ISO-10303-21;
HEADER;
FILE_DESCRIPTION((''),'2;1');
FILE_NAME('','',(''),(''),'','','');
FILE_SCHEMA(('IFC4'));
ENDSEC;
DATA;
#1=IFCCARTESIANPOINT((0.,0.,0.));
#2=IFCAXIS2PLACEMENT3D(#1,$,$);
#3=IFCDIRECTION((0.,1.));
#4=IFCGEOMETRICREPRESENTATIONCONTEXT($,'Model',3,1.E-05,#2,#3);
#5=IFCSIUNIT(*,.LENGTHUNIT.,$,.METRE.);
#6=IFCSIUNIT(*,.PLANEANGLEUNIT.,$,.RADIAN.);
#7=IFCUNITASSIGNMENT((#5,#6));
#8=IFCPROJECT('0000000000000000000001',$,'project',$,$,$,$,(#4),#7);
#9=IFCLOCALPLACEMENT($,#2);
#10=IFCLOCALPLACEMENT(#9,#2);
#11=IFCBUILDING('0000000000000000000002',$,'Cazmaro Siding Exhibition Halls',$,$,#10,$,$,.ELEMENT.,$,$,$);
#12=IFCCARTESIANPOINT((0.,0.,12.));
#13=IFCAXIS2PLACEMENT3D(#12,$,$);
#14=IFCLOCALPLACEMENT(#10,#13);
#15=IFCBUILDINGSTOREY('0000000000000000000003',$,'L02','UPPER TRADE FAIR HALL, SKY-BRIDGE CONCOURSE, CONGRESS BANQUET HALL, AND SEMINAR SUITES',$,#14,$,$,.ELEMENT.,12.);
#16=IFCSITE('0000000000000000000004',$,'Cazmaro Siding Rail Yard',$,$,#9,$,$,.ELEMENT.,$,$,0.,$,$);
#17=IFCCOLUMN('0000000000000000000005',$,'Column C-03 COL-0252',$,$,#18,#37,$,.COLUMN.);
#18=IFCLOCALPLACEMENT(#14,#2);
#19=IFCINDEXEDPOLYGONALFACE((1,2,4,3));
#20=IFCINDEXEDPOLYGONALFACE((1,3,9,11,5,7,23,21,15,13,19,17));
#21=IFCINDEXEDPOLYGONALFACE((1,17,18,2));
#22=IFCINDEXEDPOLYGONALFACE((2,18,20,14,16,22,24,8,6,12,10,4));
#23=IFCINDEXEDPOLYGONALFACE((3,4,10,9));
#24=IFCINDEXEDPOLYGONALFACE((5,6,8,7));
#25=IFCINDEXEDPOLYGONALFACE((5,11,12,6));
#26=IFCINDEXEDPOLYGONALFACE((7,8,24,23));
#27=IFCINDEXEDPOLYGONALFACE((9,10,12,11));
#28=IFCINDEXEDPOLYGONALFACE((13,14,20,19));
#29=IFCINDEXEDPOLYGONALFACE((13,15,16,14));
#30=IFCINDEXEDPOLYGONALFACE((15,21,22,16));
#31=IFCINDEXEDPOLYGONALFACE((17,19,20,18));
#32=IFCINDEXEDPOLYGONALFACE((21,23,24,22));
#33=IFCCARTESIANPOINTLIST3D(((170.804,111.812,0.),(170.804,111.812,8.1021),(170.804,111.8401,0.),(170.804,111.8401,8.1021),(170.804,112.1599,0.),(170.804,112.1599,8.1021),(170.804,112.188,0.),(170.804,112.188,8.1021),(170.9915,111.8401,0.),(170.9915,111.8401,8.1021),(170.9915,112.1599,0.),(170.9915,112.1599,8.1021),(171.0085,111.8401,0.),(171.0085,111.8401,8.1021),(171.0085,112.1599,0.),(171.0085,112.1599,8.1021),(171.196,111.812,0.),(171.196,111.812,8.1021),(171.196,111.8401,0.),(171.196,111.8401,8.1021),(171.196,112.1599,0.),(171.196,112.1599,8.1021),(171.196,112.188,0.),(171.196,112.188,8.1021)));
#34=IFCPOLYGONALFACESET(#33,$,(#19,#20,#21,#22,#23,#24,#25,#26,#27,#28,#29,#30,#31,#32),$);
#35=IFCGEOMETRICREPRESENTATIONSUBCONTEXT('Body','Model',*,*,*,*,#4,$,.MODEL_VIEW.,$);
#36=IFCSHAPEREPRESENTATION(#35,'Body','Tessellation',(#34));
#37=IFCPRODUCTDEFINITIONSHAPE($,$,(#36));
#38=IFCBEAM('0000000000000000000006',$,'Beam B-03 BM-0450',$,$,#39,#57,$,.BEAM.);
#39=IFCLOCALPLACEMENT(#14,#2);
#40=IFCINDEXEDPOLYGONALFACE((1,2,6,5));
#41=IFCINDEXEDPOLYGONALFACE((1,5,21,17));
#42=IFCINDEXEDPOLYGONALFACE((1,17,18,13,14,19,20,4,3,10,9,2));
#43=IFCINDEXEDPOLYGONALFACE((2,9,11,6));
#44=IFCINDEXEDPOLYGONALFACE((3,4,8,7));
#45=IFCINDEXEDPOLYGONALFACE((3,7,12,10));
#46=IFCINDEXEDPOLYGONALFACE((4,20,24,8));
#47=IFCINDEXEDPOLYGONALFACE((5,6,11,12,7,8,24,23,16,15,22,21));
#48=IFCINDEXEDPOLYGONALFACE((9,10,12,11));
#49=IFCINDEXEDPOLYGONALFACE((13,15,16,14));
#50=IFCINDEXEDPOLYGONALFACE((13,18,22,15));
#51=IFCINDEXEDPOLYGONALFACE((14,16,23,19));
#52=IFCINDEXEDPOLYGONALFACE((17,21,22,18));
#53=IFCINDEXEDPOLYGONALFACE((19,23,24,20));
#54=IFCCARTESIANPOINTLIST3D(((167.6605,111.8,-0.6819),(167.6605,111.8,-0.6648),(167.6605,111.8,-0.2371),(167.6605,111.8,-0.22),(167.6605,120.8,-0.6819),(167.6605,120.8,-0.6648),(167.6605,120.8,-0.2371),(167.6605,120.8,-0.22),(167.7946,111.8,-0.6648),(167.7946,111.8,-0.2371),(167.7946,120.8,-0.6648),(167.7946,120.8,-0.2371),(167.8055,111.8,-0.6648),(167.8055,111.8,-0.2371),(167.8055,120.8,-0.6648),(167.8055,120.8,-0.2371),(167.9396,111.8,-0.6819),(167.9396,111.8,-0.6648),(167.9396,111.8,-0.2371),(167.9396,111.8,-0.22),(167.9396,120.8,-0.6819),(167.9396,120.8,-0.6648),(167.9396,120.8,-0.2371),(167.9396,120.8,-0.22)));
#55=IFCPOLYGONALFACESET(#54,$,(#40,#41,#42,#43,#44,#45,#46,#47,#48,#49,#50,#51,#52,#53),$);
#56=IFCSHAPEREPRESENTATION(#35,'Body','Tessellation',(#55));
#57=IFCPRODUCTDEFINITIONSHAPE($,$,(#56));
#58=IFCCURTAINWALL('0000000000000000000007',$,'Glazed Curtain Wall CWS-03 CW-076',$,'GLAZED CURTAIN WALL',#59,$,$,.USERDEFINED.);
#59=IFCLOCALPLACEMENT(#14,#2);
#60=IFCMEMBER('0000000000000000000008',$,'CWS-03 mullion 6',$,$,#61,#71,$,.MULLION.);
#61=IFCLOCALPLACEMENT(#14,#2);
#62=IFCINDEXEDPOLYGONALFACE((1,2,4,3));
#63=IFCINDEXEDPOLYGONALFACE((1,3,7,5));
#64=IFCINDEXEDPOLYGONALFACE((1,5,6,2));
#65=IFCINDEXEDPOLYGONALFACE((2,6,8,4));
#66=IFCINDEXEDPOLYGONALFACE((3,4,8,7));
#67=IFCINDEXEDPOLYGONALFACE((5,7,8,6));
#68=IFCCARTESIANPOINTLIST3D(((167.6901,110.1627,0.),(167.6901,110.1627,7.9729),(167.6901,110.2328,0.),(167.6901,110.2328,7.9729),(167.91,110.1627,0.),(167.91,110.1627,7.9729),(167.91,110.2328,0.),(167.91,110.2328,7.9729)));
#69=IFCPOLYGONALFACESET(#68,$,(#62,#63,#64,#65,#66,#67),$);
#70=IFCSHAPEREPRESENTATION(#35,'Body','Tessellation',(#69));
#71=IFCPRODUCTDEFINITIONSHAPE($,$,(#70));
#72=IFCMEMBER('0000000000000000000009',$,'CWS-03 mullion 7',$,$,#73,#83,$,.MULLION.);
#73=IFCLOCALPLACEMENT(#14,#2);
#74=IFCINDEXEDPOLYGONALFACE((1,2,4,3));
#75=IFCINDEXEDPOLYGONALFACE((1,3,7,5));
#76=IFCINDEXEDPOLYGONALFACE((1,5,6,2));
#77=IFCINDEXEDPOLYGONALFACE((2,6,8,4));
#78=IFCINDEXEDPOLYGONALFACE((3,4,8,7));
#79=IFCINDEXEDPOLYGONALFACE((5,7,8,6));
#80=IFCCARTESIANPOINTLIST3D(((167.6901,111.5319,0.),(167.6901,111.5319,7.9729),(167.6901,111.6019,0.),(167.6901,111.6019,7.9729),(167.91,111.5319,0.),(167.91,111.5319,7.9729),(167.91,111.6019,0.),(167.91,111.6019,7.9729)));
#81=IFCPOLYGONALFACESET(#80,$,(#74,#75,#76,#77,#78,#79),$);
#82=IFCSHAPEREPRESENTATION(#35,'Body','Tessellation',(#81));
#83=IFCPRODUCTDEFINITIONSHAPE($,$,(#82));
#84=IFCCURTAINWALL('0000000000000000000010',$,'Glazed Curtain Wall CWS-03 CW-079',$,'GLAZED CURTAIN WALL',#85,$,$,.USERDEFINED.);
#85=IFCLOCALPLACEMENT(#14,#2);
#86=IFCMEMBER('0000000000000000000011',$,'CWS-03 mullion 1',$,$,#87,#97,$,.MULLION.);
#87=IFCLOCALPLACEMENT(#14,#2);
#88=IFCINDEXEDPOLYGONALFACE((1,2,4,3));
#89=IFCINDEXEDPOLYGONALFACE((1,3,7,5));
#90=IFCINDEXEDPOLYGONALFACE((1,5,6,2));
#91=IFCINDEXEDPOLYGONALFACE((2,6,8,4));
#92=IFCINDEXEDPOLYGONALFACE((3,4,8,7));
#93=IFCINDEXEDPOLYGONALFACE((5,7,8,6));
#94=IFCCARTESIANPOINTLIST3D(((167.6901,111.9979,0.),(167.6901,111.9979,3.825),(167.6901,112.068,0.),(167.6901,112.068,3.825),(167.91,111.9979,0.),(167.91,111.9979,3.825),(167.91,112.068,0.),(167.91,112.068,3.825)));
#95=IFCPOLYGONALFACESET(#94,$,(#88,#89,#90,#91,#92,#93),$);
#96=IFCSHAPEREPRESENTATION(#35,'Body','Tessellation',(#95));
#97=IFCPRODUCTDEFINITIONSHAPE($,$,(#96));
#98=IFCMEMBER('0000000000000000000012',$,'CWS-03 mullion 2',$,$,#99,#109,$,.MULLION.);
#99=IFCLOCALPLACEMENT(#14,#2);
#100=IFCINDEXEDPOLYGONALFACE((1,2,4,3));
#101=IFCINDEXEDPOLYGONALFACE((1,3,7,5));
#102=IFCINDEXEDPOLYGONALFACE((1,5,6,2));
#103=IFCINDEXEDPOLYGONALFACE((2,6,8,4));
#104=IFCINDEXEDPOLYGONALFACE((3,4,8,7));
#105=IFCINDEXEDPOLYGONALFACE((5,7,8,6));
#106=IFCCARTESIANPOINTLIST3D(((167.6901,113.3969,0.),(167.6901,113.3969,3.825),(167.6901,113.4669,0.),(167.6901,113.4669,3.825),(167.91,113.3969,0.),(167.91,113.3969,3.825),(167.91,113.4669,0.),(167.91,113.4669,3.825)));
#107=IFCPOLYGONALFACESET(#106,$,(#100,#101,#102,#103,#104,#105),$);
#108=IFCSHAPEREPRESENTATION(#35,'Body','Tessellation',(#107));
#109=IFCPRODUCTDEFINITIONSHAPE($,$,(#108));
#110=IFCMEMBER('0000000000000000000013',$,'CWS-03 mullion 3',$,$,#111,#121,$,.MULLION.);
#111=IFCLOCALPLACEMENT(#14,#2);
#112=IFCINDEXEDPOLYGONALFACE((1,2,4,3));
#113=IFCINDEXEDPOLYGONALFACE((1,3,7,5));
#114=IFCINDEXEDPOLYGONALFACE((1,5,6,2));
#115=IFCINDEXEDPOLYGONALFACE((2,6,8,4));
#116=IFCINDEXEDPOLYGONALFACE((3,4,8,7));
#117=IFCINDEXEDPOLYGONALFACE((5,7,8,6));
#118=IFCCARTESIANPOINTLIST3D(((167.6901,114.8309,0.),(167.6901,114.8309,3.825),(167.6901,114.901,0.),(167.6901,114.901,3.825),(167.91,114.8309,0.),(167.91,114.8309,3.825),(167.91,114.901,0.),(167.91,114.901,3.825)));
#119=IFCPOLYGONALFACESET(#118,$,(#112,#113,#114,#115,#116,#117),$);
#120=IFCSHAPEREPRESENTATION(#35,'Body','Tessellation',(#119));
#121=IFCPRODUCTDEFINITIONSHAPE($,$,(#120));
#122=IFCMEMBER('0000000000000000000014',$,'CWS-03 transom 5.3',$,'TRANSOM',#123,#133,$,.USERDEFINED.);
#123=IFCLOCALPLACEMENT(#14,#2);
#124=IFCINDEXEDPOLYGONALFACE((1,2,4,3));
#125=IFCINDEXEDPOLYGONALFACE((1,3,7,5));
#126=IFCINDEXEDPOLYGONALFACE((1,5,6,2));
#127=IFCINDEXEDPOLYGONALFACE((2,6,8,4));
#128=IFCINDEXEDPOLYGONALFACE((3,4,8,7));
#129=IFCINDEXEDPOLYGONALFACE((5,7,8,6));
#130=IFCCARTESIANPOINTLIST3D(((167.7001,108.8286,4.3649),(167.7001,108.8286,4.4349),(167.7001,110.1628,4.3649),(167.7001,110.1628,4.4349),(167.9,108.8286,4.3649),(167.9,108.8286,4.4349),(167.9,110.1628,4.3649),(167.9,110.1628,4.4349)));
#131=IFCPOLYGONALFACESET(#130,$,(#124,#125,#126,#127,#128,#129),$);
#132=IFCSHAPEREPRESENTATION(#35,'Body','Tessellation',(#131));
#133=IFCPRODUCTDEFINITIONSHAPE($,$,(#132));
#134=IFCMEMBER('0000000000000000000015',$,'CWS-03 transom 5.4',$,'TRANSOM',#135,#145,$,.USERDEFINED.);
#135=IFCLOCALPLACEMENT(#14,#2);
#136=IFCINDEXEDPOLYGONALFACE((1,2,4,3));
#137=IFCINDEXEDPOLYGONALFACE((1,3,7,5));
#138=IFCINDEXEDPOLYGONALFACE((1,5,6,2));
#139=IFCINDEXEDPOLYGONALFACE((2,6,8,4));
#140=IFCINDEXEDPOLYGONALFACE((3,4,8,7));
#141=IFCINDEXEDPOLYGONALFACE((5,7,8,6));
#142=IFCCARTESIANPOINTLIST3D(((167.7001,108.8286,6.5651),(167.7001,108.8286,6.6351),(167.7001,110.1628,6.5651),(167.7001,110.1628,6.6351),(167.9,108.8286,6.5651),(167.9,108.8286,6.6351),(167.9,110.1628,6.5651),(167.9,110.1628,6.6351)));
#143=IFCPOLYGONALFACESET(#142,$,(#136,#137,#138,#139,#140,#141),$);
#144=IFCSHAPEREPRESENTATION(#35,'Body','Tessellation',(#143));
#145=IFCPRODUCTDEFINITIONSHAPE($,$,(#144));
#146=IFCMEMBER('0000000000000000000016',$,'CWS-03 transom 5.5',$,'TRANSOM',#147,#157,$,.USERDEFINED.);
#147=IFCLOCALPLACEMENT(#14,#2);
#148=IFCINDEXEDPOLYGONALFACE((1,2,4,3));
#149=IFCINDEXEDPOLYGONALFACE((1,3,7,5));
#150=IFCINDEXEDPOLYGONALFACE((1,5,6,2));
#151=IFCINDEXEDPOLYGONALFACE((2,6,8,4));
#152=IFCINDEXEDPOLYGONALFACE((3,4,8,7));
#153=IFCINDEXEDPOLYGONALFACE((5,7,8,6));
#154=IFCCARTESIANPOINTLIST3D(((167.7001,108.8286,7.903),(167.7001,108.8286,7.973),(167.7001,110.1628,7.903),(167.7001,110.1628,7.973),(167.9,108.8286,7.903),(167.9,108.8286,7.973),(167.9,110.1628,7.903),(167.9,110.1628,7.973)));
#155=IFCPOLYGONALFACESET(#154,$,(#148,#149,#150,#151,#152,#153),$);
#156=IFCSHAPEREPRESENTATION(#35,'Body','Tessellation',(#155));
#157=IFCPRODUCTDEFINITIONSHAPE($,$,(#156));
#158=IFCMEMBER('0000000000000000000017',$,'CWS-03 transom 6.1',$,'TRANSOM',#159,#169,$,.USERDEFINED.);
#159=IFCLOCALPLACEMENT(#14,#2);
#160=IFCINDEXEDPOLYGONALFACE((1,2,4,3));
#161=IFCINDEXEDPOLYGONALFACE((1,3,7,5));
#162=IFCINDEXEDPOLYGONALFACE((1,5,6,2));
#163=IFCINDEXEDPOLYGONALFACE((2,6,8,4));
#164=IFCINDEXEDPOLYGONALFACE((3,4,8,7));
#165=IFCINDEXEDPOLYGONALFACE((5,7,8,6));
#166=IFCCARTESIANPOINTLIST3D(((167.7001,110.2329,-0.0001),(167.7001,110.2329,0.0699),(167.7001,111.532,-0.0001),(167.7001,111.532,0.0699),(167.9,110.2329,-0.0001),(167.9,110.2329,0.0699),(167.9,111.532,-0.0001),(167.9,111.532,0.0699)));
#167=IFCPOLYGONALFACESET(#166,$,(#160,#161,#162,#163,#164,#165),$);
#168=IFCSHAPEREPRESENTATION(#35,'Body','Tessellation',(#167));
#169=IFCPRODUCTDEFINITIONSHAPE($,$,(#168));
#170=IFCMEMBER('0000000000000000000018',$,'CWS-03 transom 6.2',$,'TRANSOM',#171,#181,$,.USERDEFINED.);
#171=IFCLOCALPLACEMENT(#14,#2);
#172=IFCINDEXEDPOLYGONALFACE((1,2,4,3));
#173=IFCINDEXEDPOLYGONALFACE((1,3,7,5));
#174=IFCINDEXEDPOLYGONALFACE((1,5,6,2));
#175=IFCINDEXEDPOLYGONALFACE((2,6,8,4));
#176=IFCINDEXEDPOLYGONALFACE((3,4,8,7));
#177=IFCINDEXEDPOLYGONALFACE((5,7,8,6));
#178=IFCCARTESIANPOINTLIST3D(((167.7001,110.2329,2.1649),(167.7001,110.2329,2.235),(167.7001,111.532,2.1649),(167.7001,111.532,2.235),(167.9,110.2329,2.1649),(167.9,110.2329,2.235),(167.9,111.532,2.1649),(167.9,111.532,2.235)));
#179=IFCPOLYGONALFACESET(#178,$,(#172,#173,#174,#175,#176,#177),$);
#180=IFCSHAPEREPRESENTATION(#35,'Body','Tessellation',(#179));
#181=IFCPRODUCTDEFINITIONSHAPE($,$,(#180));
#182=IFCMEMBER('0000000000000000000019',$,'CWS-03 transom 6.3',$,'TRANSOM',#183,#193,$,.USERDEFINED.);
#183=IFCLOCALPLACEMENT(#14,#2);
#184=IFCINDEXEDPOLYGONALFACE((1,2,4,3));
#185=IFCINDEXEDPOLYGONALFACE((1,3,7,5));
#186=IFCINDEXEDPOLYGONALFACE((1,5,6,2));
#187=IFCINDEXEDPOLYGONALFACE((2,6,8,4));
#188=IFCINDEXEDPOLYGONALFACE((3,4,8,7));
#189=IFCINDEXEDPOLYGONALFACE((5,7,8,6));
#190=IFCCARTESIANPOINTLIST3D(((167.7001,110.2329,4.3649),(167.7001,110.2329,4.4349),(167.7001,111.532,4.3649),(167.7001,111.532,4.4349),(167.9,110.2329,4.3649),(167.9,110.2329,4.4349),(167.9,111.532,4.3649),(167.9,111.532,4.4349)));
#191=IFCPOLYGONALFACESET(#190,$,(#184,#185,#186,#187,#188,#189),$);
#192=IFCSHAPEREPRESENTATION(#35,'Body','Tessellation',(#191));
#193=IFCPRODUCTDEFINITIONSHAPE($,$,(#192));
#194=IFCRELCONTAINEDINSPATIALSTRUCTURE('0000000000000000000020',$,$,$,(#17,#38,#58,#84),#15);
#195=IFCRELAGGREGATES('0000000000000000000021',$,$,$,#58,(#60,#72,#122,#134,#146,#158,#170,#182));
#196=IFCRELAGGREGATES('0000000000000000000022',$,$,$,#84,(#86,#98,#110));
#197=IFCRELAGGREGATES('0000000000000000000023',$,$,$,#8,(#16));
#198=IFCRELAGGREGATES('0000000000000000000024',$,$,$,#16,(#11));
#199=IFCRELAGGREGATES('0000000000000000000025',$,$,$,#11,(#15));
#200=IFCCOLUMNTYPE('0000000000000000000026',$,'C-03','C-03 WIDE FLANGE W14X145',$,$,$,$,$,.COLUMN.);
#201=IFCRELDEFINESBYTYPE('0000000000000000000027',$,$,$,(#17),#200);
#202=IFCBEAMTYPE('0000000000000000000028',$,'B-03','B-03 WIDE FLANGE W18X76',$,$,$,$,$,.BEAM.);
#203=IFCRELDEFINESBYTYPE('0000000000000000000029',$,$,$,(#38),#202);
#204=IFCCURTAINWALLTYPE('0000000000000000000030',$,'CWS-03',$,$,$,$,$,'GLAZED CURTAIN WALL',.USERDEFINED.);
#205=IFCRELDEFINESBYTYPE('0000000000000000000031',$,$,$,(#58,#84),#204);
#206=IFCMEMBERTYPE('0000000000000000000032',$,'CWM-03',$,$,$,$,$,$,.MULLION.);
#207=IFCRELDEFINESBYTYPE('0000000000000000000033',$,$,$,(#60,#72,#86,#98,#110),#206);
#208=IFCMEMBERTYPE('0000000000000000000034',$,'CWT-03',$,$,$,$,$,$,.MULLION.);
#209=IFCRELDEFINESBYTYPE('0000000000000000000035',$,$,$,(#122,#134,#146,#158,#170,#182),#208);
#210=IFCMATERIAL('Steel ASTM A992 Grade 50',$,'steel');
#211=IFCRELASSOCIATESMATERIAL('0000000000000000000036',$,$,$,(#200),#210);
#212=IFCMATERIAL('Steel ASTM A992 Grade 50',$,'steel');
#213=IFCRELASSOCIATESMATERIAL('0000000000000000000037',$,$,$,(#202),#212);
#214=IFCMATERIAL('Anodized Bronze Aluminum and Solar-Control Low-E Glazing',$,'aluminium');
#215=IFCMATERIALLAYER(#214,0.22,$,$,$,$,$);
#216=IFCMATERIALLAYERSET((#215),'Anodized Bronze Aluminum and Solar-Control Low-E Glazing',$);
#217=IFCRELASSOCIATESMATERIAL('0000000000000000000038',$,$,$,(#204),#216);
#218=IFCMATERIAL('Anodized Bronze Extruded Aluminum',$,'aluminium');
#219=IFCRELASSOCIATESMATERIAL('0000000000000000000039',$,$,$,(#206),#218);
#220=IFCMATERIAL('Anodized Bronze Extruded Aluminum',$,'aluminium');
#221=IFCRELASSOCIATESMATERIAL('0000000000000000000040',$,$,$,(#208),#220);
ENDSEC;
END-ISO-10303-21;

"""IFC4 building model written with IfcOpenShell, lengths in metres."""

from ifc_helpers import new_model, si_unit, direction, frame, origin, origin_2d, place, context, subcontext, project, spatial, rectangle, i_section, extrude, material, layer, layer_set, material_profile, profile_set, type_object, element, aggregate, save


model = new_model("IFC4")

# Units and contexts
model_context = context("Model", 3, precision=1e-05, world=origin(), true_north=direction((0.0, 1.0)))
body_context = subcontext(model_context, "Body", "Model", "MODEL_VIEW")
ifc_project = project(units=[si_unit("LENGTHUNIT", "METRE"), si_unit("PLANEANGLEUNIT", "RADIAN")], contexts=[model_context])

# Site, building, storey
site_placement = place(None, origin())
site = spatial("IfcSite", under=ifc_project, at=site_placement, Name="Cazmaro Siding Rail Yard", CompositionType="ELEMENT", RefElevation=0.0)
building_placement = place(site_placement, origin())
building = spatial("IfcBuilding", under=site, at=building_placement, Name="Cazmaro Siding Exhibition Halls", CompositionType="ELEMENT")
storey_placement = place(building_placement, frame((0.0, 0.0, 12.0)))
storey = spatial("IfcBuildingStorey", under=building, at=storey_placement, Name="L02", Description="UPPER TRADE FAIR HALL, SKY-BRIDGE CONCOURSE, CONGRESS BANQUET HALL, AND SEMINAR SUITES", CompositionType="ELEMENT", Elevation=12.0)

# Column
ifc_material_1 = material(Name="Steel ASTM A992 Grade 50", Category="steel")
ifc_material_profile_1 = material_profile(ifc_material_1, i_section(OverallWidth=0.3921, OverallDepth=0.376, WebThickness=0.0171, FlangeThickness=0.0281, at=origin_2d()), Name="W14X145")
ifc_profile_set_1 = profile_set([ifc_material_profile_1], Name="Steel ASTM A992 Grade 50")
column_type = type_object("IfcColumnType", Name="C-03", Description="C-03 WIDE FLANGE W14X145", PredefinedType="COLUMN", material=ifc_profile_set_1)
column_placement = place(storey_placement, frame((171.0, 112.0, 0.0), z_axis=(0.0, 0.0, 1.0), x_axis=(1.0, 0.0, 0.0)))
element("IfcColumn", 1, at=column_placement, inside=storey, type_object=column_type, Name="Column C-03 COL-0252", PredefinedType="COLUMN", context=body_context, shape_type="SweptSolid", body=[
    extrude(i_section(OverallWidth=0.3921, OverallDepth=0.376, WebThickness=0.0171, FlangeThickness=0.0281, at=origin_2d()), origin(), (0.0, 0.0, 1.0), 8.1021),
])

# Beam
ifc_material_2 = material(Name="Steel ASTM A992 Grade 50", Category="steel")
ifc_material_profile_2 = material_profile(ifc_material_2, i_section(OverallWidth=0.2791, OverallDepth=0.4619, WebThickness=0.011, FlangeThickness=0.0171, at=origin_2d()), Name="W18X76")
ifc_profile_set_2 = profile_set([ifc_material_profile_2], Name="Steel ASTM A992 Grade 50")
beam_type_1 = type_object("IfcBeamType", Name="B-03", Description="B-03 WIDE FLANGE W18X76", PredefinedType="BEAM", material=ifc_profile_set_2)
beam_1_placement = place(storey_placement, frame((167.8, 111.8, -0.4509), z_axis=(0.0, 1.0, 0.0), x_axis=(-1.0, 0.0, 0.0)))
element("IfcBeam", 2, at=beam_1_placement, inside=storey, type_object=beam_type_1, Name="Beam B-03 BM-0450", PredefinedType="BEAM", context=body_context, shape_type="SweptSolid", body=[
    extrude(i_section(OverallWidth=0.2791, OverallDepth=0.4619, WebThickness=0.011, FlangeThickness=0.0171, at=origin_2d()), origin(), (0.0, 0.0, 1.0), 9.0),
])

# Curtain walls, members
ifc_material_3 = material(Name="Anodized Bronze Aluminum and Solar-Control Low-E Glazing", Category="aluminium")
ifc_layer_1 = layer(ifc_material_3, 0.22)
ifc_layer_set_1 = layer_set([ifc_layer_1], Name="Anodized Bronze Aluminum and Solar-Control Low-E Glazing")
curtain_wall_type = type_object("IfcCurtainWallType", Name="CWS-03", ElementType="GLAZED CURTAIN WALL", PredefinedType="USERDEFINED", material=ifc_layer_set_1)
curtain_wall_1_placement = place(storey_placement, origin())
curtain_wall_1 = element("IfcCurtainWall", 3, at=curtain_wall_1_placement, inside=storey, type_object=curtain_wall_type, Name="Glazed Curtain Wall CWS-03 CW-076", ObjectType="GLAZED CURTAIN WALL", PredefinedType="USERDEFINED")
ifc_material_4 = material(Name="Anodized Bronze Extruded Aluminum", Category="aluminium")
ifc_material_profile_3 = material_profile(ifc_material_4, rectangle(XDim=0.22, YDim=0.0701, at=origin_2d()), Name="CWM-03")
ifc_profile_set_3 = profile_set([ifc_material_profile_3], Name="Anodized Bronze Extruded Aluminum")
member_type_1 = type_object("IfcMemberType", Name="CWM-03", PredefinedType="MULLION", material=ifc_profile_set_3)
member_1_placement = place(storey_placement, frame((167.8, 110.1978, 0.0), z_axis=(0.0, 0.0, 1.0), x_axis=(-1.0, 0.0, 0.0)))
member_1 = element("IfcMember", 4, at=member_1_placement, type_object=member_type_1, Name="CWS-03 mullion 6", PredefinedType="MULLION", context=body_context, shape_type="SweptSolid", body=[
    extrude(rectangle(XDim=0.22, YDim=0.0701, at=origin_2d()), origin(), (0.0, 0.0, 1.0), 7.9729),
])
member_2_placement = place(storey_placement, frame((167.8, 111.5669, 0.0), z_axis=(0.0, 0.0, 1.0), x_axis=(-1.0, 0.0, 0.0)))
member_2 = element("IfcMember", 5, at=member_2_placement, type_object=member_type_1, Name="CWS-03 mullion 7", PredefinedType="MULLION", context=body_context, shape_type="SweptSolid", body=[
    extrude(rectangle(XDim=0.22, YDim=0.0701, at=origin_2d()), origin(), (0.0, 0.0, 1.0), 7.9729),
])
curtain_wall_2_placement = place(storey_placement, origin())
curtain_wall_2 = element("IfcCurtainWall", 6, at=curtain_wall_2_placement, inside=storey, type_object=curtain_wall_type, Name="Glazed Curtain Wall CWS-03 CW-079", ObjectType="GLAZED CURTAIN WALL", PredefinedType="USERDEFINED")
member_3_placement = place(storey_placement, frame((167.8, 112.033, 0.0), z_axis=(0.0, 0.0, 1.0), x_axis=(-1.0, 0.0, 0.0)))
member_3 = element("IfcMember", 7, at=member_3_placement, type_object=member_type_1, Name="CWS-03 mullion 1", PredefinedType="MULLION", context=body_context, shape_type="SweptSolid", body=[
    extrude(rectangle(XDim=0.22, YDim=0.0701, at=origin_2d()), origin(), (0.0, 0.0, 1.0), 3.825),
])
member_4_placement = place(storey_placement, frame((167.8, 113.4319, 0.0), z_axis=(0.0, 0.0, 1.0), x_axis=(-1.0, 0.0, 0.0)))
member_4 = element("IfcMember", 8, at=member_4_placement, type_object=member_type_1, Name="CWS-03 mullion 2", PredefinedType="MULLION", context=body_context, shape_type="SweptSolid", body=[
    extrude(rectangle(XDim=0.22, YDim=0.0701, at=origin_2d()), origin(), (0.0, 0.0, 1.0), 3.825),
])
member_5_placement = place(storey_placement, frame((167.8, 114.866, 0.0), z_axis=(0.0, 0.0, 1.0), x_axis=(-1.0, 0.0, 0.0)))
member_5 = element("IfcMember", 9, at=member_5_placement, type_object=member_type_1, Name="CWS-03 mullion 3", PredefinedType="MULLION", context=body_context, shape_type="SweptSolid", body=[
    extrude(rectangle(XDim=0.22, YDim=0.0701, at=origin_2d()), origin(), (0.0, 0.0, 1.0), 3.825),
])

# Members
ifc_material_5 = material(Name="Anodized Bronze Extruded Aluminum", Category="aluminium")
ifc_material_profile_4 = material_profile(ifc_material_5, rectangle(XDim=0.2, YDim=0.0701, at=origin_2d()), Name="CWT-03")
ifc_profile_set_4 = profile_set([ifc_material_profile_4], Name="Anodized Bronze Extruded Aluminum")
member_type_2 = type_object("IfcMemberType", Name="CWT-03", PredefinedType="MULLION", material=ifc_profile_set_4)
member_6_placement = place(storey_placement, frame((167.8, 108.8286, 4.3999), z_axis=(0.0, 1.0, 0.0), x_axis=(-1.0, 0.0, 0.0)))
member_6 = element("IfcMember", 10, at=member_6_placement, type_object=member_type_2, Name="CWS-03 transom 5.3", ObjectType="TRANSOM", PredefinedType="USERDEFINED", context=body_context, shape_type="SweptSolid", body=[
    extrude(rectangle(XDim=0.2, YDim=0.0701, at=origin_2d()), origin(), (0.0, 0.0, 1.0), 1.3342),
])
member_7_placement = place(storey_placement, frame((167.8, 108.8286, 6.6001), z_axis=(0.0, 1.0, 0.0), x_axis=(-1.0, 0.0, 0.0)))
member_7 = element("IfcMember", 11, at=member_7_placement, type_object=member_type_2, Name="CWS-03 transom 5.4", ObjectType="TRANSOM", PredefinedType="USERDEFINED", context=body_context, shape_type="SweptSolid", body=[
    extrude(rectangle(XDim=0.2, YDim=0.0701, at=origin_2d()), origin(), (0.0, 0.0, 1.0), 1.3342),
])
member_8_placement = place(storey_placement, frame((167.8, 108.8286, 7.938), z_axis=(0.0, 1.0, 0.0), x_axis=(-1.0, 0.0, 0.0)))
member_8 = element("IfcMember", 12, at=member_8_placement, type_object=member_type_2, Name="CWS-03 transom 5.5", ObjectType="TRANSOM", PredefinedType="USERDEFINED", context=body_context, shape_type="SweptSolid", body=[
    extrude(rectangle(XDim=0.2, YDim=0.0701, at=origin_2d()), origin(), (0.0, 0.0, 1.0), 1.3342),
])
member_9_placement = place(storey_placement, frame((167.8, 110.2329, 0.0349), z_axis=(0.0, 1.0, 0.0), x_axis=(-1.0, 0.0, 0.0)))
member_9 = element("IfcMember", 13, at=member_9_placement, type_object=member_type_2, Name="CWS-03 transom 6.1", ObjectType="TRANSOM", PredefinedType="USERDEFINED", context=body_context, shape_type="SweptSolid", body=[
    extrude(rectangle(XDim=0.2, YDim=0.0701, at=origin_2d()), origin(), (0.0, 0.0, 1.0), 1.2991),
])
member_10_placement = place(storey_placement, frame((167.8, 110.2329, 2.2), z_axis=(0.0, 1.0, 0.0), x_axis=(-1.0, 0.0, 0.0)))
member_10 = element("IfcMember", 14, at=member_10_placement, type_object=member_type_2, Name="CWS-03 transom 6.2", ObjectType="TRANSOM", PredefinedType="USERDEFINED", context=body_context, shape_type="SweptSolid", body=[
    extrude(rectangle(XDim=0.2, YDim=0.0701, at=origin_2d()), origin(), (0.0, 0.0, 1.0), 1.2991),
])
member_11_placement = place(storey_placement, frame((167.8, 110.2329, 4.3999), z_axis=(0.0, 1.0, 0.0), x_axis=(-1.0, 0.0, 0.0)))
member_11 = element("IfcMember", 15, at=member_11_placement, type_object=member_type_2, Name="CWS-03 transom 6.3", ObjectType="TRANSOM", PredefinedType="USERDEFINED", context=body_context, shape_type="SweptSolid", body=[
    extrude(rectangle(XDim=0.2, YDim=0.0701, at=origin_2d()), origin(), (0.0, 0.0, 1.0), 1.2991),
])

aggregate(curtain_wall_1, [member_1, member_2, member_6, member_7, member_8, member_9, member_10, member_11])
aggregate(curtain_wall_2, [member_3, member_4, member_5])

save(model, "model.ifc")
